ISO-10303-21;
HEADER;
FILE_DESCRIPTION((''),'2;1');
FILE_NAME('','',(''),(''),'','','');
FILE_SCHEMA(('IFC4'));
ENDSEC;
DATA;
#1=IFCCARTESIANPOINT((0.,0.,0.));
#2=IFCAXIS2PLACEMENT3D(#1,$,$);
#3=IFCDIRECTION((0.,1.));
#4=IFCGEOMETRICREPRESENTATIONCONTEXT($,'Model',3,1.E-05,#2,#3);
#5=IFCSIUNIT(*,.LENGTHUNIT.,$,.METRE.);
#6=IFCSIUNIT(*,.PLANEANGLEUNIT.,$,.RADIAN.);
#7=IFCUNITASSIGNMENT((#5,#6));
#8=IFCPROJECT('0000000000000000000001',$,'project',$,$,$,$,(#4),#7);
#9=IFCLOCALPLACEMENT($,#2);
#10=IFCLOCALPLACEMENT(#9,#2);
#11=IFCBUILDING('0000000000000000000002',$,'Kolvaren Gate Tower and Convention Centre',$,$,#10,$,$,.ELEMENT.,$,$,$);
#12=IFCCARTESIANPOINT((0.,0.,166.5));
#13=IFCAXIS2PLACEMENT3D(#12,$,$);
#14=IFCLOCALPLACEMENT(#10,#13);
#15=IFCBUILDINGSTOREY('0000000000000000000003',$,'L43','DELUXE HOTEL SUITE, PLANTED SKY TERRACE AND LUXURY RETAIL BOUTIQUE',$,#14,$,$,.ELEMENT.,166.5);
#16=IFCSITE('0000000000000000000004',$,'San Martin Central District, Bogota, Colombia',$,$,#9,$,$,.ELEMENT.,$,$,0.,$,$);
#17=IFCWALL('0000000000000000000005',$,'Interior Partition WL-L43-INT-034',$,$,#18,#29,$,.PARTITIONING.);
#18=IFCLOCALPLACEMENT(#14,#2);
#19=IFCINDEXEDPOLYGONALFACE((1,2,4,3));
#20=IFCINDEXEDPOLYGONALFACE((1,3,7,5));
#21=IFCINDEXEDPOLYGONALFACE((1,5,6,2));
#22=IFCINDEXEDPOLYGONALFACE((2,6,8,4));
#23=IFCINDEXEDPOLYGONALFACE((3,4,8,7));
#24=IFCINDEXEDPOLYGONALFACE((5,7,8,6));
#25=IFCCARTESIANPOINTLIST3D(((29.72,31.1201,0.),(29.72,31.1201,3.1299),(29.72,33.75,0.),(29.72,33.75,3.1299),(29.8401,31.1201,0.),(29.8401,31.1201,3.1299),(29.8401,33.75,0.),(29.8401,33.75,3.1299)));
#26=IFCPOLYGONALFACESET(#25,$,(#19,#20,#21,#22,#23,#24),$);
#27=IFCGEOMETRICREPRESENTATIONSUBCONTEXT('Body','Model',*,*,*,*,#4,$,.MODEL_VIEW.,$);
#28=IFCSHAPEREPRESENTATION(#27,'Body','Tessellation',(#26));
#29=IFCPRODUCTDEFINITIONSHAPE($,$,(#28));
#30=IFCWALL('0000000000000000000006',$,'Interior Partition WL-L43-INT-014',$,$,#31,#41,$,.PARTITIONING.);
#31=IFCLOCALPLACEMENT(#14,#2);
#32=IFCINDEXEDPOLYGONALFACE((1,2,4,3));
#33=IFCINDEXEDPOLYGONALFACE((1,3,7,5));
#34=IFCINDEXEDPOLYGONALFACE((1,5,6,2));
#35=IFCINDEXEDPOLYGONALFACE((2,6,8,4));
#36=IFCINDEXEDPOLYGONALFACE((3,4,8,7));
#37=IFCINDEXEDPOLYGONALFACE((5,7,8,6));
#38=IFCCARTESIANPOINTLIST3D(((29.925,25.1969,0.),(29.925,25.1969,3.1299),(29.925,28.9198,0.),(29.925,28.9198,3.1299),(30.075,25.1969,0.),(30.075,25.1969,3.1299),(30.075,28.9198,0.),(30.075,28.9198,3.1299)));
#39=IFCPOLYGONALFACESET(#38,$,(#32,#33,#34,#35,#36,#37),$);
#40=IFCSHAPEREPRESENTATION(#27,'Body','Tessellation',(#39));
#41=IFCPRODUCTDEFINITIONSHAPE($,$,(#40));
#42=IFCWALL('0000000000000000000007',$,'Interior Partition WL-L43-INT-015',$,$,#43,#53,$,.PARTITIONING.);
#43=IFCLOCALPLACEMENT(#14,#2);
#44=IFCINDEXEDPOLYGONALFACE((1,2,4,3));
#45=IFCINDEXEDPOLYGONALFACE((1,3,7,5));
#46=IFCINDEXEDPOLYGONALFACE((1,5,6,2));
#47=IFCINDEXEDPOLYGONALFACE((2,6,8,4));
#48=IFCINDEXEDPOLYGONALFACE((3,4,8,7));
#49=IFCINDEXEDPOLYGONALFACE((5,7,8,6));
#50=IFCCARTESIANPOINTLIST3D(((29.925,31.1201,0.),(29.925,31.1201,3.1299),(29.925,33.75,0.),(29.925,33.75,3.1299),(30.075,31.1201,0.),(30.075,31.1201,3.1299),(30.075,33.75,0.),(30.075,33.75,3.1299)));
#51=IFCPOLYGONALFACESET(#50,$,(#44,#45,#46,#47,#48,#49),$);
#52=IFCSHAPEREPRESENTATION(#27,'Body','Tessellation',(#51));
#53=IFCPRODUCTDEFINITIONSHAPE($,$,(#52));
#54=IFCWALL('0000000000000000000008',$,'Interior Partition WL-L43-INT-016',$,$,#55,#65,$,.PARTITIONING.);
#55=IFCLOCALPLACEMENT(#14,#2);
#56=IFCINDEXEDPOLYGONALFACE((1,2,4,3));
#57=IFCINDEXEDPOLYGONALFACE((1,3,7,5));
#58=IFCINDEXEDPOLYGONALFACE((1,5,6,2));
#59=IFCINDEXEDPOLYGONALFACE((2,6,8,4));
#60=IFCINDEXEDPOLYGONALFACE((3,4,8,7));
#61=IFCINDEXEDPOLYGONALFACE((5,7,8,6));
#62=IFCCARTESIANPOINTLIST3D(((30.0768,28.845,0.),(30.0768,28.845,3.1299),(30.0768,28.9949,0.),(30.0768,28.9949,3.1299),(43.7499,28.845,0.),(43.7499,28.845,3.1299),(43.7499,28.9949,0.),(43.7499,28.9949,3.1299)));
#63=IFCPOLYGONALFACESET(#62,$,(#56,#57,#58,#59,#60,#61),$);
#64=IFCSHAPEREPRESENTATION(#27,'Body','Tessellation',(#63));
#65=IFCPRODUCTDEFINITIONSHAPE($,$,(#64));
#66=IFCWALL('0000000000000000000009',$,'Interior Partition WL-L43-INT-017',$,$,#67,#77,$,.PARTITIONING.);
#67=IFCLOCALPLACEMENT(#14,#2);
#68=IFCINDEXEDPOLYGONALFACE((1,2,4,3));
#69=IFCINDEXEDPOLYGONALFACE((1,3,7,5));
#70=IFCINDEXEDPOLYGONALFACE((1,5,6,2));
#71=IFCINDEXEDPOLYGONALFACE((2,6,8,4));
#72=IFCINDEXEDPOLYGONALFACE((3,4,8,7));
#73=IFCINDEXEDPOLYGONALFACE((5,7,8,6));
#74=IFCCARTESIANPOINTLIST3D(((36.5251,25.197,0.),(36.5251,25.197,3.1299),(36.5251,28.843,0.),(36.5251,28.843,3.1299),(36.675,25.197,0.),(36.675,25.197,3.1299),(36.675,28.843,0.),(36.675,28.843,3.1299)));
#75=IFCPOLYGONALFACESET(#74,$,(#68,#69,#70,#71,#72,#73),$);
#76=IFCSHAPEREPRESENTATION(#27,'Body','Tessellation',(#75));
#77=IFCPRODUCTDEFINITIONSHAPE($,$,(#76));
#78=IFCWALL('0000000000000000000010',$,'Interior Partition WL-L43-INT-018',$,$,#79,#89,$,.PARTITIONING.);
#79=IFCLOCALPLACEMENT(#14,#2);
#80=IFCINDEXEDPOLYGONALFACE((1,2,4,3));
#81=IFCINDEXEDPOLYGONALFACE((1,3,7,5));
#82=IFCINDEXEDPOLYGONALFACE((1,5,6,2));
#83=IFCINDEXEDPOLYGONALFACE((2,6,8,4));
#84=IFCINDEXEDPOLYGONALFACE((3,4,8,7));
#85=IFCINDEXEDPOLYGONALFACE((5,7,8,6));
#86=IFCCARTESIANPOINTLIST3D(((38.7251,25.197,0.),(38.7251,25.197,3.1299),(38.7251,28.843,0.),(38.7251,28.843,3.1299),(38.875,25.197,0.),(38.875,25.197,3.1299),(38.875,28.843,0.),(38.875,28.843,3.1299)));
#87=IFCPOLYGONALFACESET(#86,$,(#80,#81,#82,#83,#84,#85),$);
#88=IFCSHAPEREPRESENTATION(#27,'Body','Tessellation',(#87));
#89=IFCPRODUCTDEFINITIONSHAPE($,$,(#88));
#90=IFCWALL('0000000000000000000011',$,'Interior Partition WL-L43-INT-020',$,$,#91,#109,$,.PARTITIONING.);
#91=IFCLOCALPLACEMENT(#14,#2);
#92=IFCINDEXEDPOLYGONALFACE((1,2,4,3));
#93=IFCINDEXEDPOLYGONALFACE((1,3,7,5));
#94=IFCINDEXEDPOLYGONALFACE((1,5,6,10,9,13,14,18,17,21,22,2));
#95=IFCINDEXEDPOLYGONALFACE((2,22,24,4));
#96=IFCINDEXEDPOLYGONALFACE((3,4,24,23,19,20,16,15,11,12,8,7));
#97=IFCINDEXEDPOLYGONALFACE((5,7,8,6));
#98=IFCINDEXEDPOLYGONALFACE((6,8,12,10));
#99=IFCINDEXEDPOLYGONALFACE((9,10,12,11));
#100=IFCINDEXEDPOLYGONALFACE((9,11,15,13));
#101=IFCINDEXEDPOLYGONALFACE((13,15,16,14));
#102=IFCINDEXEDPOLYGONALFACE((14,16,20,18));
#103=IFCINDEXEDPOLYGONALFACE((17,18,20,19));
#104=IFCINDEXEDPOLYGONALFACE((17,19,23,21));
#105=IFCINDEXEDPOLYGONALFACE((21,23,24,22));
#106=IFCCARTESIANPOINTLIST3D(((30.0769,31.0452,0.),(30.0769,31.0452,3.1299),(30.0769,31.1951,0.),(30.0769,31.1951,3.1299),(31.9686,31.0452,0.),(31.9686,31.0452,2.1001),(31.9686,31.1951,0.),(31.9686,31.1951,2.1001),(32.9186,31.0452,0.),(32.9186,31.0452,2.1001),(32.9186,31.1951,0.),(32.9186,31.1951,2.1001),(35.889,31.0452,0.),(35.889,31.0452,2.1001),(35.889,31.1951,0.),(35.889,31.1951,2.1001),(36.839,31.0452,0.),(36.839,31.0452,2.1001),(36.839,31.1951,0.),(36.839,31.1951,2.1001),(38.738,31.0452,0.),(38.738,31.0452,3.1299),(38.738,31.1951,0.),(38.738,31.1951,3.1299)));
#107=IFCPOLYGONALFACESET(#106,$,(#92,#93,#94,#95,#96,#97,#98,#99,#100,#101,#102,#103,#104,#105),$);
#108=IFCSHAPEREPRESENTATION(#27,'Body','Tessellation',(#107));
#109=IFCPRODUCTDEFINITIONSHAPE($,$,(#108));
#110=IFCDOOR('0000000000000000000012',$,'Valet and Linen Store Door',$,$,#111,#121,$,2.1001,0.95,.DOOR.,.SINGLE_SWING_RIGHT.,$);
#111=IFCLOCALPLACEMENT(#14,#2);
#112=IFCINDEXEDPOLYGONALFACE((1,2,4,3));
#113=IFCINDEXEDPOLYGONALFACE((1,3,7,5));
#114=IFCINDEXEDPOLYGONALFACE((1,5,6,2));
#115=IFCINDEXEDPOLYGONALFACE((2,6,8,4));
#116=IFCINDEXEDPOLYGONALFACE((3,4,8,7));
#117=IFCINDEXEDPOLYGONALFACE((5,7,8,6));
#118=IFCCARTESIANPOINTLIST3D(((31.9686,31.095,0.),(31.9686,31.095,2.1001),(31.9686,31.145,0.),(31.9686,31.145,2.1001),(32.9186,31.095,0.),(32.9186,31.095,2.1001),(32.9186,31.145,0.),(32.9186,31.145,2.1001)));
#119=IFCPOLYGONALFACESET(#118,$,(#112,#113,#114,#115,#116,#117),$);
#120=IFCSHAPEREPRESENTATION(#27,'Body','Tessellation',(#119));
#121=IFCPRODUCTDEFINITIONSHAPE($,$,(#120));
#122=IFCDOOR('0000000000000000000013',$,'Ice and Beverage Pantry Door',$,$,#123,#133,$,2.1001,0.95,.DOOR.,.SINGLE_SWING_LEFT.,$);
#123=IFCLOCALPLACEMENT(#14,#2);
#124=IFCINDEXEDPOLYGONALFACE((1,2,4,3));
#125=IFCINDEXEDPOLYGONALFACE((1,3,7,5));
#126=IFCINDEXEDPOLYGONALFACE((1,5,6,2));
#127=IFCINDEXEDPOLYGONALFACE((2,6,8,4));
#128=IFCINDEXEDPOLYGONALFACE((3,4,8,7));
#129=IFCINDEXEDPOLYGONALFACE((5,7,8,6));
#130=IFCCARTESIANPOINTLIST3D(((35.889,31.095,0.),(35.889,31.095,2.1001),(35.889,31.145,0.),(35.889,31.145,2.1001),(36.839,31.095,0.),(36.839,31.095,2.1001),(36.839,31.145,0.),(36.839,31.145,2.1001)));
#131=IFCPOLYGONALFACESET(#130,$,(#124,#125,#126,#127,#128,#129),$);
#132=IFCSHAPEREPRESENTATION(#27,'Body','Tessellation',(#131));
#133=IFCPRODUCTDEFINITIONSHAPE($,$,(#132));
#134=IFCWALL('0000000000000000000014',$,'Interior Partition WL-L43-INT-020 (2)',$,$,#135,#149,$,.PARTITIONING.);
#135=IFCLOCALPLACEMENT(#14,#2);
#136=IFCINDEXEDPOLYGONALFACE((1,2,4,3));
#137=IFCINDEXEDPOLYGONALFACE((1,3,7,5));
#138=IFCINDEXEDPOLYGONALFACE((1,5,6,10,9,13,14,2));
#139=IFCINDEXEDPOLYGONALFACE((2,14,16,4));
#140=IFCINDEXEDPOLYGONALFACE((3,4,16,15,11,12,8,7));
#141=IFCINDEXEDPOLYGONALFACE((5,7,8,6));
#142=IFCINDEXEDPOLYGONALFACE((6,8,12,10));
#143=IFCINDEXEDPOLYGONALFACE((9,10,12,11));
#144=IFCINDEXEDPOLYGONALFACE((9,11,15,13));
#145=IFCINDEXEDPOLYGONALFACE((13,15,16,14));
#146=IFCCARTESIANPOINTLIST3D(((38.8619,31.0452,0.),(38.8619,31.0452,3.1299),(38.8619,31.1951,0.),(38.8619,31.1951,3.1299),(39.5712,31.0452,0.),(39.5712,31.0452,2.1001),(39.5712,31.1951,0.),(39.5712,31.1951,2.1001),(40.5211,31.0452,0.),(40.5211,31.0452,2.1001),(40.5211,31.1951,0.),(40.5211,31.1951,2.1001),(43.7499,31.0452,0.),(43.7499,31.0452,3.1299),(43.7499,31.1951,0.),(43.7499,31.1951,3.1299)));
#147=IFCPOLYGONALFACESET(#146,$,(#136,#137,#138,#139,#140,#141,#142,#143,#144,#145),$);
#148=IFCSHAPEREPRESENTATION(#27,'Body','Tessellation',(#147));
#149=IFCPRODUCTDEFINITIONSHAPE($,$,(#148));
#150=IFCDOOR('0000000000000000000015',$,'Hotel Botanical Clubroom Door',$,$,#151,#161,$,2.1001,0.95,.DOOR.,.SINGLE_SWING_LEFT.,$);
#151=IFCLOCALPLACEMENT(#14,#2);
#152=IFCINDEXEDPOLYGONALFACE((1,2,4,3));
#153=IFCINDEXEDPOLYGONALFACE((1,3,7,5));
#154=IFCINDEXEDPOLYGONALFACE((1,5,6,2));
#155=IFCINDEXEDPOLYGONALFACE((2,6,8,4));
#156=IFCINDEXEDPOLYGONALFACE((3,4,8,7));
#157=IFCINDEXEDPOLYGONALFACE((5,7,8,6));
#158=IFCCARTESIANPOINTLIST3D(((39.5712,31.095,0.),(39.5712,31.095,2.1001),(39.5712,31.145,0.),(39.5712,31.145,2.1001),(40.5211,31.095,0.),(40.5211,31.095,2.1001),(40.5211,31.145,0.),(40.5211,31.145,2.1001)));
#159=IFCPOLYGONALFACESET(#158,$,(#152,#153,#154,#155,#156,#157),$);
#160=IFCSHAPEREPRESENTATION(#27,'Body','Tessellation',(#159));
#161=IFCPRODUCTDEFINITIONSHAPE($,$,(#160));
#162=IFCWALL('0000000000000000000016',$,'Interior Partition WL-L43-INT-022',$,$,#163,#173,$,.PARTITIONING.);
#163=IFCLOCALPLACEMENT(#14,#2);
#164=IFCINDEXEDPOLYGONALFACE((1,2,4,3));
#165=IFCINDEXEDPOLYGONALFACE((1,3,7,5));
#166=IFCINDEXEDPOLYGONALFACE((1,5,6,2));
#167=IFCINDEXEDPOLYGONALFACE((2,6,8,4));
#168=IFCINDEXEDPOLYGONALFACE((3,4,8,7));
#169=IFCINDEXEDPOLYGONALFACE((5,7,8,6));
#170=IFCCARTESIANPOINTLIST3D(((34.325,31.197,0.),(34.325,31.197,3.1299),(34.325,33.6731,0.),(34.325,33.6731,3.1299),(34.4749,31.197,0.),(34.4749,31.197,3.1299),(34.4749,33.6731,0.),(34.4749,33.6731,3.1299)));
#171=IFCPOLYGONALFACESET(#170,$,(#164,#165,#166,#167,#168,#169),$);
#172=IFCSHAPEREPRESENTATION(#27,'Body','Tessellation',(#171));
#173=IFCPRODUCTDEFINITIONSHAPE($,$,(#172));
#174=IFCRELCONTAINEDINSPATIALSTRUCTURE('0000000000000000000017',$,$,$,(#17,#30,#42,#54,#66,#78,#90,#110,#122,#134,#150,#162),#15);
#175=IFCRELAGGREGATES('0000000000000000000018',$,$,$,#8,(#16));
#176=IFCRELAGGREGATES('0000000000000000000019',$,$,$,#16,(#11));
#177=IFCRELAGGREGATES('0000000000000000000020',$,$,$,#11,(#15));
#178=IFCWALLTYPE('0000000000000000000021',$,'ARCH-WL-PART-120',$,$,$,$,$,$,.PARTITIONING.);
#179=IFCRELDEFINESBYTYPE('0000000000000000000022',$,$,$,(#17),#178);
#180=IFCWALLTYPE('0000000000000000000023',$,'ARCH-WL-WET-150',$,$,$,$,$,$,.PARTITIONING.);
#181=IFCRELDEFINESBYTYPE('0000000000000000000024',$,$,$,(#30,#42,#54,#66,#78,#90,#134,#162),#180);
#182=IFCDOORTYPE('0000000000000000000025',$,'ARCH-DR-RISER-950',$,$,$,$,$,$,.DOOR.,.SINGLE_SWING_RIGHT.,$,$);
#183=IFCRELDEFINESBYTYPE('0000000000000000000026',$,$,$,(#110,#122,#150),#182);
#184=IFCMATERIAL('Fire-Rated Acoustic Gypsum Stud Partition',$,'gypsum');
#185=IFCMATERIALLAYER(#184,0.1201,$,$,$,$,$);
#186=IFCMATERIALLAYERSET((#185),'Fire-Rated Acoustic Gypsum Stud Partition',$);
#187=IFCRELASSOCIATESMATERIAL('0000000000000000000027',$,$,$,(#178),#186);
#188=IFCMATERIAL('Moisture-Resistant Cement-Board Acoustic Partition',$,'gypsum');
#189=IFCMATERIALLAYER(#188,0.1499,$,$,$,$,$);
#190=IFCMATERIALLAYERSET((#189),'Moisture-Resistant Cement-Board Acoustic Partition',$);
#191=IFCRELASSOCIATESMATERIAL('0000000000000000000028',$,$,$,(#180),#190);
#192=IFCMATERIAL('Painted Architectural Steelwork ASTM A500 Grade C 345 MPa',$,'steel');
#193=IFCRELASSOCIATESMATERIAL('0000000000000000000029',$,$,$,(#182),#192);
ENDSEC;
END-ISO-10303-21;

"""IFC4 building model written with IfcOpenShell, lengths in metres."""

from ifc_helpers import new_model, si_unit, direction, frame, frame_2d, origin, place, context, subcontext, project, spatial, rectangle, extrude, material, layer, layer_set, type_object, element, fill, save


model = new_model("IFC4")

# Units and contexts
model_context = context("Model", 3, precision=1e-05, world=origin(), true_north=direction((0.0, 1.0)))
body_context = subcontext(model_context, "Body", "Model", "MODEL_VIEW")
ifc_project = project(units=[si_unit("LENGTHUNIT", "METRE"), si_unit("PLANEANGLEUNIT", "RADIAN")], contexts=[model_context])

# Site, building, storey
site_placement = place(None, origin())
site = spatial("IfcSite", under=ifc_project, at=site_placement, Name="San Martin Central District, Bogota, Colombia", CompositionType="ELEMENT", RefElevation=0.0)
building_placement = place(site_placement, origin())
building = spatial("IfcBuilding", under=site, at=building_placement, Name="Kolvaren Gate Tower and Convention Centre", CompositionType="ELEMENT")
storey_placement = place(building_placement, frame((0.0, 0.0, 166.5)))
storey = spatial("IfcBuildingStorey", under=building, at=storey_placement, Name="L43", Description="DELUXE HOTEL SUITE, PLANTED SKY TERRACE AND LUXURY RETAIL BOUTIQUE", CompositionType="ELEMENT", Elevation=166.5)

# Walls
ifc_material_1 = material(Name="Fire-Rated Acoustic Gypsum Stud Partition", Category="gypsum")
ifc_layer_1 = layer(ifc_material_1, 0.1201)
ifc_layer_set_1 = layer_set([ifc_layer_1], Name="Fire-Rated Acoustic Gypsum Stud Partition")
wall_type_1 = type_object("IfcWallType", Name="ARCH-WL-PART-120", PredefinedType="PARTITIONING", material=ifc_layer_set_1)
wall_1_placement = place(storey_placement, frame((29.78, 31.1201, 0.0), z_axis=(0.0, 0.0, 1.0), x_axis=(0.0, 1.0, 0.0)))
element("IfcWall", 1, at=wall_1_placement, inside=storey, type_object=wall_type_1, Name="Interior Partition WL-L43-INT-034", PredefinedType="PARTITIONING", context=body_context, shape_type="SweptSolid", body=[
    extrude(rectangle(XDim=2.6299, YDim=0.1201, at=frame_2d((1.3149, 0.0))), origin(), (0.0, 0.0, 1.0), 3.1299),
])
ifc_material_2 = material(Name="Moisture-Resistant Cement-Board Acoustic Partition", Category="gypsum")
ifc_layer_2 = layer(ifc_material_2, 0.1499)
ifc_layer_set_2 = layer_set([ifc_layer_2], Name="Moisture-Resistant Cement-Board Acoustic Partition")
wall_type_2 = type_object("IfcWallType", Name="ARCH-WL-WET-150", PredefinedType="PARTITIONING", material=ifc_layer_set_2)
wall_2_placement = place(storey_placement, frame((30.0, 25.197, 0.0), z_axis=(0.0, 0.0, 1.0), x_axis=(0.0, 1.0, 0.0)))
element("IfcWall", 2, at=wall_2_placement, inside=storey, type_object=wall_type_2, Name="Interior Partition WL-L43-INT-014", PredefinedType="PARTITIONING", context=body_context, shape_type="SweptSolid", body=[
    extrude(rectangle(XDim=3.7229, YDim=0.1499, at=frame_2d((1.8613, 0.0))), origin(), (0.0, 0.0, 1.0), 3.1299),
])
wall_3_placement = place(storey_placement, frame((30.0, 31.1201, 0.0), z_axis=(0.0, 0.0, 1.0), x_axis=(0.0, 1.0, 0.0)))
element("IfcWall", 3, at=wall_3_placement, inside=storey, type_object=wall_type_2, Name="Interior Partition WL-L43-INT-015", PredefinedType="PARTITIONING", context=body_context, shape_type="SweptSolid", body=[
    extrude(rectangle(XDim=2.6299, YDim=0.1499, at=frame_2d((1.3149, 0.0))), origin(), (0.0, 0.0, 1.0), 3.1299),
])
wall_4_placement = place(storey_placement, frame((30.0769, 28.9199, 0.0), z_axis=(0.0, 0.0, 1.0), x_axis=(1.0, 0.0, 0.0)))
element("IfcWall", 4, at=wall_4_placement, inside=storey, type_object=wall_type_2, Name="Interior Partition WL-L43-INT-016", PredefinedType="PARTITIONING", context=body_context, shape_type="SweptSolid", body=[
    extrude(rectangle(XDim=13.6731, YDim=0.1499, at=frame_2d((6.8364, 0.0))), origin(), (0.0, 0.0, 1.0), 3.1299),
])
for number, where, z_axis, x_axis, name in (
    (5, (36.6001, 25.197, 0.0), (0.0, 0.0, 1.0), (0.0, 1.0, 0.0), "Interior Partition WL-L43-INT-017"),
    (6, (38.8, 25.197, 0.0), (0.0, 0.0, 1.0), (0.0, 1.0, 0.0), "Interior Partition WL-L43-INT-018"),
):
    element("IfcWall", number, at=place(storey_placement, frame(where, z_axis=z_axis, x_axis=x_axis)), inside=storey, type_object=wall_type_2, Name=name, PredefinedType="PARTITIONING", context=body_context, shape_type="SweptSolid", body=[
        extrude(rectangle(XDim=3.646, YDim=0.1499, at=frame_2d((1.823, 0.0))), origin(), (0.0, 0.0, 1.0), 3.1299),
    ])

# Wall, openings, doors
wall_5_placement = place(storey_placement, frame((30.0769, 31.1201, 0.0), z_axis=(0.0, 0.0, 1.0), x_axis=(1.0, 0.0, 0.0)))
wall_5 = element("IfcWall", 7, at=wall_5_placement, inside=storey, type_object=wall_type_2, Name="Interior Partition WL-L43-INT-020", PredefinedType="PARTITIONING", context=body_context, shape_type="SweptSolid", body=[
    extrude(rectangle(XDim=8.6611, YDim=0.1499, at=frame_2d((4.3306, 0.0))), origin(), (0.0, 0.0, 1.0), 3.1299),
])
opening_1_placement = place(wall_5_placement, frame((1.8916, 0.0, 0.0)))
opening_1 = element("IfcOpeningElement", 8, at=opening_1_placement, cuts=wall_5, PredefinedType="OPENING", context=body_context, shape_type="SweptSolid", body=[
    extrude(rectangle(XDim=0.95, YDim=2.1001, at=frame_2d((0.4751, 1.05))), frame((0.0, 0.085, 0.0), z_axis=(0.0, -1.0, 0.0), x_axis=(1.0, 0.0, 0.0)), (0.0, 0.0, 1.0), 0.1699),
])
opening_2_placement = place(wall_5_placement, frame((5.812, 0.0, 0.0)))
opening_2 = element("IfcOpeningElement", 9, at=opening_2_placement, cuts=wall_5, PredefinedType="OPENING", context=body_context, shape_type="SweptSolid", body=[
    extrude(rectangle(XDim=0.95, YDim=2.1001, at=frame_2d((0.4751, 1.05))), frame((0.0, 0.085, 0.0), z_axis=(0.0, -1.0, 0.0), x_axis=(1.0, 0.0, 0.0)), (0.0, 0.0, 1.0), 0.1699),
])
ifc_material_3 = material(Name="Painted Architectural Steelwork ASTM A500 Grade C 345 MPa", Category="steel")
door_type = type_object("IfcDoorType", Name="ARCH-DR-RISER-950", OperationType="SINGLE_SWING_RIGHT", PredefinedType="DOOR", material=ifc_material_3)
door_1_placement = place(opening_1_placement, origin())
door_1 = element("IfcDoor", 10, at=door_1_placement, inside=storey, type_object=door_type, Name="Valet and Linen Store Door", OperationType="SINGLE_SWING_RIGHT", OverallHeight=2.1001, OverallWidth=0.95, PredefinedType="DOOR", context=body_context, shape_type="SweptSolid", body=[
    extrude(rectangle(XDim=0.95, YDim=2.1001, at=frame_2d((0.4751, 1.05))), frame((0.0, 0.0249, 0.0), z_axis=(0.0, -1.0, 0.0), x_axis=(1.0, 0.0, 0.0)), (0.0, 0.0, 1.0), 0.05),
])
fill(opening_1, door_1)
door_2_placement = place(opening_2_placement, origin())
door_2 = element("IfcDoor", 11, at=door_2_placement, inside=storey, type_object=door_type, Name="Ice and Beverage Pantry Door", OperationType="SINGLE_SWING_LEFT", OverallHeight=2.1001, OverallWidth=0.95, PredefinedType="DOOR", context=body_context, shape_type="SweptSolid", body=[
    extrude(rectangle(XDim=0.95, YDim=2.1001, at=frame_2d((0.4751, 1.05))), frame((0.0, 0.0249, 0.0), z_axis=(0.0, -1.0, 0.0), x_axis=(1.0, 0.0, 0.0)), (0.0, 0.0, 1.0), 0.05),
])
fill(opening_2, door_2)

# Wall, opening, door
wall_6_placement = place(storey_placement, frame((38.8621, 31.1201, 0.0), z_axis=(0.0, 0.0, 1.0), x_axis=(1.0, 0.0, 0.0)))
wall_6 = element("IfcWall", 12, at=wall_6_placement, inside=storey, type_object=wall_type_2, Name="Interior Partition WL-L43-INT-020 (2)", PredefinedType="PARTITIONING", context=body_context, shape_type="SweptSolid", body=[
    extrude(rectangle(XDim=4.8879, YDim=0.1499, at=frame_2d((2.4438, 0.0))), origin(), (0.0, 0.0, 1.0), 3.1299),
])
opening_3_placement = place(wall_6_placement, frame((0.709, 0.0, 0.0)))
opening_3 = element("IfcOpeningElement", 13, at=opening_3_placement, cuts=wall_6, PredefinedType="OPENING", context=body_context, shape_type="SweptSolid", body=[
    extrude(rectangle(XDim=0.95, YDim=2.1001, at=frame_2d((0.4751, 1.05))), frame((0.0, 0.085, 0.0), z_axis=(0.0, -1.0, 0.0), x_axis=(1.0, 0.0, 0.0)), (0.0, 0.0, 1.0), 0.1699),
])
door_3_placement = place(opening_3_placement, origin())
door_3 = element("IfcDoor", 14, at=door_3_placement, inside=storey, type_object=door_type, Name="Hotel Botanical Clubroom Door", OperationType="SINGLE_SWING_LEFT", OverallHeight=2.1001, OverallWidth=0.95, PredefinedType="DOOR", context=body_context, shape_type="SweptSolid", body=[
    extrude(rectangle(XDim=0.95, YDim=2.1001, at=frame_2d((0.4751, 1.05))), frame((0.0, 0.0249, 0.0), z_axis=(0.0, -1.0, 0.0), x_axis=(1.0, 0.0, 0.0)), (0.0, 0.0, 1.0), 0.05),
])
fill(opening_3, door_3)

# Wall
wall_7_placement = place(storey_placement, frame((34.3999, 31.197, 0.0), z_axis=(0.0, 0.0, 1.0), x_axis=(0.0, 1.0, 0.0)))
element("IfcWall", 15, at=wall_7_placement, inside=storey, type_object=wall_type_2, Name="Interior Partition WL-L43-INT-022", PredefinedType="PARTITIONING", context=body_context, shape_type="SweptSolid", body=[
    extrude(rectangle(XDim=2.4761, YDim=0.1499, at=frame_2d((1.238, 0.0))), origin(), (0.0, 0.0, 1.0), 3.1299),
])

save(model, "model.ifc")
